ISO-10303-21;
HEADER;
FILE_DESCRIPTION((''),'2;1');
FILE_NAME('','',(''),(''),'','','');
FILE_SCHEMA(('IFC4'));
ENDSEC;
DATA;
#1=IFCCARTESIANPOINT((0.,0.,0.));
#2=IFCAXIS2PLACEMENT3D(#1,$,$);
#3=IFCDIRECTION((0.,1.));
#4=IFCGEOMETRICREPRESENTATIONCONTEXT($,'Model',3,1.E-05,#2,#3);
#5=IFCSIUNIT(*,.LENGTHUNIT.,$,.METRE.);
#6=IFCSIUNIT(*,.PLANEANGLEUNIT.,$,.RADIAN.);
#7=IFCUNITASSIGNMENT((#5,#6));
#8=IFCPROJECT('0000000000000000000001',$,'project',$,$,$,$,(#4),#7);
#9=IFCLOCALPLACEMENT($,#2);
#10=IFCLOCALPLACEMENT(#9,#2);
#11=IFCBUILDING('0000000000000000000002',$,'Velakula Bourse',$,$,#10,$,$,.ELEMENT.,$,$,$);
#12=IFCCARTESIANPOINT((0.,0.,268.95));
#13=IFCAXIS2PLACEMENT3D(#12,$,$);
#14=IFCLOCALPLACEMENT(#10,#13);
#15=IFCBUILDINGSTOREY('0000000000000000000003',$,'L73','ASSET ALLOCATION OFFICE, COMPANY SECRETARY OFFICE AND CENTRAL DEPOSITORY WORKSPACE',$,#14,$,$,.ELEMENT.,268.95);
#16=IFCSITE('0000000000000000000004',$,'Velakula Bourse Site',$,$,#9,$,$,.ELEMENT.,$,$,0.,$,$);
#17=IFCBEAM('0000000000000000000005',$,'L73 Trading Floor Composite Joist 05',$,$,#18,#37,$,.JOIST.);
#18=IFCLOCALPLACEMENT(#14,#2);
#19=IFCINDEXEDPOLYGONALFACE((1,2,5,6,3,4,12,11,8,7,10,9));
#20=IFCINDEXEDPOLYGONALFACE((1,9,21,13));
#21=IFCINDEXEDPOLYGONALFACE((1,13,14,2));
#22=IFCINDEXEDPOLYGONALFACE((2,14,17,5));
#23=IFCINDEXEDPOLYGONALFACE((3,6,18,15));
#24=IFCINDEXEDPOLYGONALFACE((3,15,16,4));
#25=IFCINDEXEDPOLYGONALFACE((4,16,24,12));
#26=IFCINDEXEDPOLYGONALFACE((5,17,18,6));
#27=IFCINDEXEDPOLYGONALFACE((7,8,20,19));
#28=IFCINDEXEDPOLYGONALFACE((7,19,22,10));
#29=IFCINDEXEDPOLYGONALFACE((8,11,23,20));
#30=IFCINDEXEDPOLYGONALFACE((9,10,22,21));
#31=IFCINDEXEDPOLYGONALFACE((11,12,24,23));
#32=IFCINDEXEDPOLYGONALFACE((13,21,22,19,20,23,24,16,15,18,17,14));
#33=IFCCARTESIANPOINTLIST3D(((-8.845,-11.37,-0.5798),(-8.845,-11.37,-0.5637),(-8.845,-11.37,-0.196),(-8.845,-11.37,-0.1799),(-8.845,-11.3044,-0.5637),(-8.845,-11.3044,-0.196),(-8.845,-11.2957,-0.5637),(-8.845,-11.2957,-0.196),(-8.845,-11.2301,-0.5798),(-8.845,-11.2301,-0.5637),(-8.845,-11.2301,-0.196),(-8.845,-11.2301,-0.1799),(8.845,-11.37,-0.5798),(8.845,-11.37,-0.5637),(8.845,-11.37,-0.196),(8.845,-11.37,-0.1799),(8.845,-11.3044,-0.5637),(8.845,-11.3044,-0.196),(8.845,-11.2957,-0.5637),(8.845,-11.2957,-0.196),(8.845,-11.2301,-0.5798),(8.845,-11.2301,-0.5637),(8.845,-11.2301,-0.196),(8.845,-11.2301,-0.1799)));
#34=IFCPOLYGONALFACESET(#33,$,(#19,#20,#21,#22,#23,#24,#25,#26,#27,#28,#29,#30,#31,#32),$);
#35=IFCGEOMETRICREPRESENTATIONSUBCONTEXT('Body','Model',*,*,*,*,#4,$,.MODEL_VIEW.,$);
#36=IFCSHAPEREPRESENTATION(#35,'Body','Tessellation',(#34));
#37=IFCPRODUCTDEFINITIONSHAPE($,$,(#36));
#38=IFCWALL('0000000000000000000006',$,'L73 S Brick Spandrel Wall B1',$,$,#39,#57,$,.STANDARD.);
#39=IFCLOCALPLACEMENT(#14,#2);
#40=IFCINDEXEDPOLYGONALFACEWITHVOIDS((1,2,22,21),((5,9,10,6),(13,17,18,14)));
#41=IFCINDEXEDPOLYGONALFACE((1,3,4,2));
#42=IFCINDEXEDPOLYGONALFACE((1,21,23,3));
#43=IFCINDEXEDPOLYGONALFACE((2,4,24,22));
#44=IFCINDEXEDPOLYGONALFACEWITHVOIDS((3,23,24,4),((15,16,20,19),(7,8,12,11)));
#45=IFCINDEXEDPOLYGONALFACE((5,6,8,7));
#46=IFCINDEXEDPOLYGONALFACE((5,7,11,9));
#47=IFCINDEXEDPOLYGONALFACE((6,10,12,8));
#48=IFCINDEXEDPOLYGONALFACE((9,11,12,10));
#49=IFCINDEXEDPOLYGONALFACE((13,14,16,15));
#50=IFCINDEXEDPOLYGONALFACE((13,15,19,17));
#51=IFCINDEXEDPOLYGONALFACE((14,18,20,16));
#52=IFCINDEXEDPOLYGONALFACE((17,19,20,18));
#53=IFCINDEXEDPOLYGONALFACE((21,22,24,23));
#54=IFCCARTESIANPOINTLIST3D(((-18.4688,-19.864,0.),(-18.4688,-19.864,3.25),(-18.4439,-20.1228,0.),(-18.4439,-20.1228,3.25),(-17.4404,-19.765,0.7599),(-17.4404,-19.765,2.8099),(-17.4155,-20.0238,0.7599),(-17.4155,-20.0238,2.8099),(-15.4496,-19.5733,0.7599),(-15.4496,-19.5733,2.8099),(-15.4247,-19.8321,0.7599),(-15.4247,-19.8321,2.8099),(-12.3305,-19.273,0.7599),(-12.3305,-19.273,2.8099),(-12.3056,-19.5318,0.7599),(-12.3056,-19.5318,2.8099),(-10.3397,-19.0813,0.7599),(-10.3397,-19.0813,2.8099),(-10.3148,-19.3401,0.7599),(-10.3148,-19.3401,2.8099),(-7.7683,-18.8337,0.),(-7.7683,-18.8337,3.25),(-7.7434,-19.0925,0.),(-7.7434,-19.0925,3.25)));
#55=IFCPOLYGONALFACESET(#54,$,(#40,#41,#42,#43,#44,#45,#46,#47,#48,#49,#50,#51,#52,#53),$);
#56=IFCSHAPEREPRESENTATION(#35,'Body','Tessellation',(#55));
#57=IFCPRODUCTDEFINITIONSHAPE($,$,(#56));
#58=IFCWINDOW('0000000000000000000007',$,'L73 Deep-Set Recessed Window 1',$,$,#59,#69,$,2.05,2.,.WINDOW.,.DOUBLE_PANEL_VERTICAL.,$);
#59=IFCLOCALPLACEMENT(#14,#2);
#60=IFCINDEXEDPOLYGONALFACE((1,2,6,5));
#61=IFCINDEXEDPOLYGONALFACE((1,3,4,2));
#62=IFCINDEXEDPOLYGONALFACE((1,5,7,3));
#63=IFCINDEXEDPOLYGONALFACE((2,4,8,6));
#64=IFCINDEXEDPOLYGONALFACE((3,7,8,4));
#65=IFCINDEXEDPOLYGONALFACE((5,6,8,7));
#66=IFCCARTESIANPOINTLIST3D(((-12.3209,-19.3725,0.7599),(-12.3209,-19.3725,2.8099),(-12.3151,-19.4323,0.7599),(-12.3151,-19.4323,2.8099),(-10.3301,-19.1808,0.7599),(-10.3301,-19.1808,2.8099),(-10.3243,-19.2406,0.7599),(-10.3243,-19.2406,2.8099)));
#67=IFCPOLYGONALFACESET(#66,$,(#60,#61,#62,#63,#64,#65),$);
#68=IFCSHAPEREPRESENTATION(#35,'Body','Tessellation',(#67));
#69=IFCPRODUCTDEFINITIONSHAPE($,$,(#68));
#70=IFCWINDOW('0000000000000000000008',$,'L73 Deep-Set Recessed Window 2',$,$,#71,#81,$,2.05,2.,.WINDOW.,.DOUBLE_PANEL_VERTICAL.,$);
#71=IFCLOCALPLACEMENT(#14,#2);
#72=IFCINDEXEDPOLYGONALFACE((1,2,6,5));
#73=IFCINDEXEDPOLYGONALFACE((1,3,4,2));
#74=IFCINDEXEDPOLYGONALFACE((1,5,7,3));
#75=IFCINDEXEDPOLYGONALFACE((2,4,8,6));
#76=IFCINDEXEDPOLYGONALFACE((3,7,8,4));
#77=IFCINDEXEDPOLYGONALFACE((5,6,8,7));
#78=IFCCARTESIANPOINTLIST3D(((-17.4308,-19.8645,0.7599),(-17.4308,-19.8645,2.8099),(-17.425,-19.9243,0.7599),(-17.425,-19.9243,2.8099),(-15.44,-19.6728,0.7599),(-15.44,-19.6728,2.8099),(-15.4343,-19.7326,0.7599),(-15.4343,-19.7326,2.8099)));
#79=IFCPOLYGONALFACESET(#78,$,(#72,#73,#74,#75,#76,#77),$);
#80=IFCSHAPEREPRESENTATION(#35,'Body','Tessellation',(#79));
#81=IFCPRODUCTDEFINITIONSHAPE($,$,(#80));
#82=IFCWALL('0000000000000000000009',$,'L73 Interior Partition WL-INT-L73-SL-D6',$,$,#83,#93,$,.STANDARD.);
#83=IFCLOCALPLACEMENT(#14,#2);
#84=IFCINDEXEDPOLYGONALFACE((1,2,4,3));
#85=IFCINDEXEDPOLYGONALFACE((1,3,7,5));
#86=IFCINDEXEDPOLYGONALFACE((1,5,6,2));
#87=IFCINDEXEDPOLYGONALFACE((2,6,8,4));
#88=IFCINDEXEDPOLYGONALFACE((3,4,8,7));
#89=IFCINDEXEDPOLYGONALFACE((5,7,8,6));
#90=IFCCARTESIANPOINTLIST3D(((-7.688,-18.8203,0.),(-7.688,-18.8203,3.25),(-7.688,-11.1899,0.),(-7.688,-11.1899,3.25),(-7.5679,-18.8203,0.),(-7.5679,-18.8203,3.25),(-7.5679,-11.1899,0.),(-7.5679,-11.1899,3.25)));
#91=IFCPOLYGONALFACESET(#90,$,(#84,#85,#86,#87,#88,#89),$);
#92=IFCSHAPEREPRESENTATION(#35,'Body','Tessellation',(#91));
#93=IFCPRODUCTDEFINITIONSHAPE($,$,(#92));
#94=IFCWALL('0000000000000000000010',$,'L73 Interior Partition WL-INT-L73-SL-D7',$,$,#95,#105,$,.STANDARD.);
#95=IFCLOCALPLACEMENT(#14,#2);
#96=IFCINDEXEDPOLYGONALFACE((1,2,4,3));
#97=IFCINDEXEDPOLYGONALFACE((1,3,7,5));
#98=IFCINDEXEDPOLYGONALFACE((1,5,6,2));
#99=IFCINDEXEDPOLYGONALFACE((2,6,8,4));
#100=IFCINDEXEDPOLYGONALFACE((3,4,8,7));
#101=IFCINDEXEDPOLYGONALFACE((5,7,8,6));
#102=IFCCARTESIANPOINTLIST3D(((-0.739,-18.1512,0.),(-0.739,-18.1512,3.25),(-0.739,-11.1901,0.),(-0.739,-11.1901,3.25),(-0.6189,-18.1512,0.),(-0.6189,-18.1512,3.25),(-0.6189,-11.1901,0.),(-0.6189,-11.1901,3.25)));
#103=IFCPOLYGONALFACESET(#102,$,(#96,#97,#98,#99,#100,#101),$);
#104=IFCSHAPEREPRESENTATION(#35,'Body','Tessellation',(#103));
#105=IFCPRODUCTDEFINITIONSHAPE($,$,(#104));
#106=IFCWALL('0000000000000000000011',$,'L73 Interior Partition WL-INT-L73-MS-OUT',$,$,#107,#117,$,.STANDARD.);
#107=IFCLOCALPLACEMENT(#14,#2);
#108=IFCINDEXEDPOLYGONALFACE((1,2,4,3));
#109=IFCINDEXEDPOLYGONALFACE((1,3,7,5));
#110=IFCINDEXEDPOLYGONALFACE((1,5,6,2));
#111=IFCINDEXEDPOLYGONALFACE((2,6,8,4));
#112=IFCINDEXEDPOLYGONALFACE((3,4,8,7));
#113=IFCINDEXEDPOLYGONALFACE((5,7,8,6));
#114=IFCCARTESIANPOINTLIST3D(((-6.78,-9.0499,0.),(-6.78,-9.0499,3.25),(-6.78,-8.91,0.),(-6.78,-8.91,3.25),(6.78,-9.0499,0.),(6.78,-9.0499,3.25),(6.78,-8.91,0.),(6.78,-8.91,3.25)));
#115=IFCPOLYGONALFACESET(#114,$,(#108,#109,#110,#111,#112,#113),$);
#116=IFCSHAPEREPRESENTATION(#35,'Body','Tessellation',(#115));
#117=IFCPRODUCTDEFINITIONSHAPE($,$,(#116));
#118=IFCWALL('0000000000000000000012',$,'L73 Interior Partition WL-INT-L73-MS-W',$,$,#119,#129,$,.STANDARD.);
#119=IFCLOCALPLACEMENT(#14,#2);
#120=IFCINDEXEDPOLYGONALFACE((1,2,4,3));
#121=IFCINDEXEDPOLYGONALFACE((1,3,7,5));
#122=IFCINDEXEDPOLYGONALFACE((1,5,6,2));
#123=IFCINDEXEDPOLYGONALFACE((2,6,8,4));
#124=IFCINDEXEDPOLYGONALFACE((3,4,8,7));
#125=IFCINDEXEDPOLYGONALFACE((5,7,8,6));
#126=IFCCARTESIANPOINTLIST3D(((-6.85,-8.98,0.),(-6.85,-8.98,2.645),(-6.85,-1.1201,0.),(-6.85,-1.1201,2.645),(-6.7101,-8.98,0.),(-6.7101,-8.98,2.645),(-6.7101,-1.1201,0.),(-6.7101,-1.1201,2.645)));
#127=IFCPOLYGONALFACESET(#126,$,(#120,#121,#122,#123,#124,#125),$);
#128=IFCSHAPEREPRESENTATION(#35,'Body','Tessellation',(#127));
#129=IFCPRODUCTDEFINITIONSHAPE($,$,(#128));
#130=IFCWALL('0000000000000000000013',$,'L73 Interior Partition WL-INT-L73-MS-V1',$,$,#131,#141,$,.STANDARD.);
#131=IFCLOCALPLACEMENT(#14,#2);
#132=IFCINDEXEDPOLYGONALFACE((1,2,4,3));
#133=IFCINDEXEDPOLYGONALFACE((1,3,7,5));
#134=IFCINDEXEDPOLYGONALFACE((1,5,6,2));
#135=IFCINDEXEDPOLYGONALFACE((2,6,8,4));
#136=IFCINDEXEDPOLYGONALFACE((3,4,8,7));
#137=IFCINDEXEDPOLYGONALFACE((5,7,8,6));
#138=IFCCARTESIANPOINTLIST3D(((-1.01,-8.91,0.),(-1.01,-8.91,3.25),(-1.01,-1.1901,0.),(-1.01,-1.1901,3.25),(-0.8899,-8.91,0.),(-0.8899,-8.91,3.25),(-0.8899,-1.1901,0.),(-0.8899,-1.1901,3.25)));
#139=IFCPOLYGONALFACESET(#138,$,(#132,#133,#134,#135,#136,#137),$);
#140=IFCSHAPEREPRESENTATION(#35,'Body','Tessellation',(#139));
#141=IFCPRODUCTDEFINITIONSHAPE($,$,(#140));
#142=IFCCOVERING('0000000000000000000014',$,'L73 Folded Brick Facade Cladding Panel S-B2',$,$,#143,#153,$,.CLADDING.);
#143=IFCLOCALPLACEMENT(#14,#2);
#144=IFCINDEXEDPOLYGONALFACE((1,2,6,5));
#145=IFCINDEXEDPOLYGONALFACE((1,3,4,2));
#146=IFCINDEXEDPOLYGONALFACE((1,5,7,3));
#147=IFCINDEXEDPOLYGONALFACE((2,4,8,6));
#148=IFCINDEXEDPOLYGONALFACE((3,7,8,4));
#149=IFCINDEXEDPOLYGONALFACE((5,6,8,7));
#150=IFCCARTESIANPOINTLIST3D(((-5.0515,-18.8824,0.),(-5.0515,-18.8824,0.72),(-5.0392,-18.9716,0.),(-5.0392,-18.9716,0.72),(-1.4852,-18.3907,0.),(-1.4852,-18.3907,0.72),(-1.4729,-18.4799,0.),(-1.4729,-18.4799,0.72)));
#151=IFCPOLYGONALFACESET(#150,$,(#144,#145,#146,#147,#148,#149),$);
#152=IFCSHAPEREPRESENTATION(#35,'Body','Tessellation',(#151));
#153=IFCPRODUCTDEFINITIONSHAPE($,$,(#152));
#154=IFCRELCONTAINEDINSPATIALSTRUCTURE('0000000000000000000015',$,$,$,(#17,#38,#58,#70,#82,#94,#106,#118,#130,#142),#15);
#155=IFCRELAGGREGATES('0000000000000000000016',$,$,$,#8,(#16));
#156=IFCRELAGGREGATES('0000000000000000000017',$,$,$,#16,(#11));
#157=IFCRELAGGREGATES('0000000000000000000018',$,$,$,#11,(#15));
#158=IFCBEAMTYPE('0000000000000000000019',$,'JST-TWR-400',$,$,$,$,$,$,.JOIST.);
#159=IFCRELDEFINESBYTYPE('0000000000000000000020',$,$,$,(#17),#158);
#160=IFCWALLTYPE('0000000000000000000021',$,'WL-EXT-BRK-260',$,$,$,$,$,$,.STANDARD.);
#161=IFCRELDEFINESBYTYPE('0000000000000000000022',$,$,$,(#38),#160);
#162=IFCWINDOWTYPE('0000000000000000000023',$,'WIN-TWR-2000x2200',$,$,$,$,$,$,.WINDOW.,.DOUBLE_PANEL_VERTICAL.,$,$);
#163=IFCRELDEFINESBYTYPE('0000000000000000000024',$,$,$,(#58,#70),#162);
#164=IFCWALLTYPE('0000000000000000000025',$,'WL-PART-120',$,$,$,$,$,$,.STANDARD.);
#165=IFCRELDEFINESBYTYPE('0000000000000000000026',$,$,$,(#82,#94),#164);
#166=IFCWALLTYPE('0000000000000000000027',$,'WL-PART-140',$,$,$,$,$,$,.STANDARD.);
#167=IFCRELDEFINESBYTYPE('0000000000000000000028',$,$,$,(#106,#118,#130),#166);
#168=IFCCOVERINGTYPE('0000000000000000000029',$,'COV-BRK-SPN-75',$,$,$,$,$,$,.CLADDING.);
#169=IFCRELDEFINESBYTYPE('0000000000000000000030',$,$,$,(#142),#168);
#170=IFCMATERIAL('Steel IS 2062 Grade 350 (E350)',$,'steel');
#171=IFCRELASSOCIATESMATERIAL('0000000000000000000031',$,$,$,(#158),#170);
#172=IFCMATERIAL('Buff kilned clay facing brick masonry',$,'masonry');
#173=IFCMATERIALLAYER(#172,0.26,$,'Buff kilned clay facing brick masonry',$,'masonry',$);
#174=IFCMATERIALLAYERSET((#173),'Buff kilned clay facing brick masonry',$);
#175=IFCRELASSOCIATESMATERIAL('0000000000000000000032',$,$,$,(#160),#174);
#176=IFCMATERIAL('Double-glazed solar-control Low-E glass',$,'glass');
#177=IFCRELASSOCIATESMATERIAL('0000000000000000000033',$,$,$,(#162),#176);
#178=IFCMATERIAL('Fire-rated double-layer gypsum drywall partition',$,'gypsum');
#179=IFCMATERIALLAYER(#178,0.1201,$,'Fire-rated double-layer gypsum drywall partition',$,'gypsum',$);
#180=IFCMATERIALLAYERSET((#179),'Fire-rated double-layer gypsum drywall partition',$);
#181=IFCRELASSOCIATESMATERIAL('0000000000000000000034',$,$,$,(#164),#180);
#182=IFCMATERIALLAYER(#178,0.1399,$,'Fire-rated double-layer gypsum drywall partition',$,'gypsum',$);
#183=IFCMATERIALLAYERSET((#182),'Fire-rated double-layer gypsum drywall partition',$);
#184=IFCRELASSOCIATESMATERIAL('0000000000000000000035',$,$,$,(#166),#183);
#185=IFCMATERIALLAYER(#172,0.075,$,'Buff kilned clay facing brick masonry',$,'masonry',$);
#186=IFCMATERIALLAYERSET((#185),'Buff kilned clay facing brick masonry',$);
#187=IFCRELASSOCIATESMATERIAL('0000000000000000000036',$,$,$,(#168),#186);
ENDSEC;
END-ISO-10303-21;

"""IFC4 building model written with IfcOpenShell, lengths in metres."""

from ifc_helpers import new_model, si_unit, direction, frame, frame_2d, origin, origin_2d, place, context, subcontext, project, spatial, rectangle, i_section, extrude, material, layer, layer_set, material_profile, profile_set, type_object, element, fill, save


model = new_model("IFC4")

# Units and contexts
model_context = context("Model", 3, precision=1e-05, world=origin(), true_north=direction((0.0, 1.0)))
body_context = subcontext(model_context, "Body", "Model", "MODEL_VIEW")
ifc_project = project(units=[si_unit("LENGTHUNIT", "METRE"), si_unit("PLANEANGLEUNIT", "RADIAN")], contexts=[model_context])

# Site, building, storey
site_placement = place(None, origin())
site = spatial("IfcSite", under=ifc_project, at=site_placement, Name="Velakula Bourse Site", CompositionType="ELEMENT", RefElevation=0.0)
building_placement = place(site_placement, origin())
building = spatial("IfcBuilding", under=site, at=building_placement, Name="Velakula Bourse", CompositionType="ELEMENT")
storey_placement = place(building_placement, frame((0.0, 0.0, 268.95)))
storey = spatial("IfcBuildingStorey", under=building, at=storey_placement, Name="L73", Description="ASSET ALLOCATION OFFICE, COMPANY SECRETARY OFFICE AND CENTRAL DEPOSITORY WORKSPACE", CompositionType="ELEMENT", Elevation=268.95)

# Shared definitions
ifc_material_1 = material(Name="Steel IS 2062 Grade 350 (E350)", Category="steel")

# Beam
ifc_material_profile_1 = material_profile(ifc_material_1, i_section(OverallWidth=0.1399, OverallDepth=0.3999, WebThickness=0.0088, FlangeThickness=0.0161, at=origin_2d()), Name="Steel IS 2062 Grade 350 (E350)")
ifc_profile_set_1 = profile_set([ifc_material_profile_1], Name="Steel IS 2062 Grade 350 (E350)")
beam_type_1 = type_object("IfcBeamType", Name="JST-TWR-400", PredefinedType="JOIST", material=ifc_profile_set_1)
beam_1_placement = place(storey_placement, frame((-8.845, -11.3, -0.3799), z_axis=(1.0, 0.0, 0.0), x_axis=(0.0, 1.0, 0.0)))
element("IfcBeam", 1, at=beam_1_placement, inside=storey, type_object=beam_type_1, Name="L73 Trading Floor Composite Joist 05", PredefinedType="JOIST", context=body_context, shape_type="SweptSolid", body=[
    extrude(i_section(OverallWidth=0.1399, OverallDepth=0.3999, WebThickness=0.0088, FlangeThickness=0.0161, at=origin_2d()), origin(), (0.0, 0.0, 1.0), 17.6899),
])

# Wall, openings, windows
ifc_material_2 = material(Name="Buff kilned clay facing brick masonry", Category="masonry")
ifc_layer_1 = layer(ifc_material_2, 0.26, Name="Buff kilned clay facing brick masonry", Category="masonry")
ifc_layer_set_1 = layer_set([ifc_layer_1], Name="Buff kilned clay facing brick masonry")
wall_type_1 = type_object("IfcWallType", Name="WL-EXT-BRK-260", PredefinedType="STANDARD", material=ifc_layer_set_1)
wall_1_placement = place(storey_placement, frame((-7.7559, -18.9631, 0.0), z_axis=(0.0, 0.0, 1.0), x_axis=(-0.995397, -0.09584, 0.0)))
wall_1 = element("IfcWall", 2, at=wall_1_placement, inside=storey, type_object=wall_type_1, Name="L73 S Brick Spandrel Wall B1", PredefinedType="STANDARD", context=body_context, shape_type="SweptSolid", body=[
    extrude(rectangle(XDim=10.75, YDim=0.26, at=frame_2d((5.375, 0.0))), origin(), (0.0, 0.0, 1.0), 3.25),
])
opening_1_placement = place(wall_1_placement, frame((2.5833, 0.0, 0.76)))
opening_1 = element("IfcOpeningElement", 3, at=opening_1_placement, cuts=wall_1, PredefinedType="OPENING", context=body_context, shape_type="SweptSolid", body=[
    extrude(rectangle(XDim=2.0, YDim=2.05, at=frame_2d((1.0, 1.0249))), frame((0.0, 0.1399, 0.0), z_axis=(0.0, -1.0, 0.0), x_axis=(1.0, 0.0, 0.0)), (0.0, 0.0, 1.0), 0.28),
])
opening_2_placement = place(wall_1_placement, frame((7.7168, 0.0, 0.76)))
opening_2 = element("IfcOpeningElement", 4, at=opening_2_placement, cuts=wall_1, PredefinedType="OPENING", context=body_context, shape_type="SweptSolid", body=[
    extrude(rectangle(XDim=2.0, YDim=2.05, at=frame_2d((1.0, 1.0249))), frame((0.0, 0.1399, 0.0), z_axis=(0.0, -1.0, 0.0), x_axis=(1.0, 0.0, 0.0)), (0.0, 0.0, 1.0), 0.28),
])
ifc_material_3 = material(Name="Double-glazed solar-control Low-E glass", Category="glass")
window_type = type_object("IfcWindowType", Name="WIN-TWR-2000x2200", PartitioningType="DOUBLE_PANEL_VERTICAL", PredefinedType="WINDOW", material=ifc_material_3)
window_1_placement = place(opening_1_placement, origin())
window_1 = element("IfcWindow", 5, at=window_1_placement, inside=storey, type_object=window_type, Name="L73 Deep-Set Recessed Window 1", OverallHeight=2.05, OverallWidth=2.0, PartitioningType="DOUBLE_PANEL_VERTICAL", PredefinedType="WINDOW", context=body_context, shape_type="SweptSolid", body=[
    extrude(rectangle(XDim=2.0, YDim=2.05, at=frame_2d((1.0, 1.0249))), frame((0.0, 0.03, 0.0), z_axis=(0.0, -1.0, 0.0), x_axis=(1.0, 0.0, 0.0)), (0.0, 0.0, 1.0), 0.0601),
])
fill(opening_1, window_1)
window_2_placement = place(opening_2_placement, origin())
window_2 = element("IfcWindow", 6, at=window_2_placement, inside=storey, type_object=window_type, Name="L73 Deep-Set Recessed Window 2", OverallHeight=2.05, OverallWidth=2.0, PartitioningType="DOUBLE_PANEL_VERTICAL", PredefinedType="WINDOW", context=body_context, shape_type="SweptSolid", body=[
    extrude(rectangle(XDim=2.0, YDim=2.05, at=frame_2d((1.0, 1.0249))), frame((0.0, 0.03, 0.0), z_axis=(0.0, -1.0, 0.0), x_axis=(1.0, 0.0, 0.0)), (0.0, 0.0, 1.0), 0.0601),
])
fill(opening_2, window_2)

# Walls
ifc_material_4 = material(Name="Fire-rated double-layer gypsum drywall partition", Category="gypsum")
ifc_layer_2 = layer(ifc_material_4, 0.1201, Name="Fire-rated double-layer gypsum drywall partition", Category="gypsum")
ifc_layer_set_2 = layer_set([ifc_layer_2], Name="Fire-rated double-layer gypsum drywall partition")
wall_type_2 = type_object("IfcWallType", Name="WL-PART-120", PredefinedType="STANDARD", material=ifc_layer_set_2)
wall_2_placement = place(storey_placement, frame((-7.6279, -18.8203, 0.0), z_axis=(0.0, 0.0, 1.0), x_axis=(0.0, 1.0, 0.0)))
element("IfcWall", 7, at=wall_2_placement, inside=storey, type_object=wall_type_2, Name="L73 Interior Partition WL-INT-L73-SL-D6", PredefinedType="STANDARD", context=body_context, shape_type="SweptSolid", body=[
    extrude(rectangle(XDim=7.6304, YDim=0.1201, at=frame_2d((3.8152, 0.0))), origin(), (0.0, 0.0, 1.0), 3.25),
])
wall_3_placement = place(storey_placement, frame((-0.679, -18.1511, 0.0), z_axis=(0.0, 0.0, 1.0), x_axis=(0.0, 1.0, 0.0)))
element("IfcWall", 8, at=wall_3_placement, inside=storey, type_object=wall_type_2, Name="L73 Interior Partition WL-INT-L73-SL-D7", PredefinedType="STANDARD", context=body_context, shape_type="SweptSolid", body=[
    extrude(rectangle(XDim=6.9612, YDim=0.1201, at=frame_2d((3.4805, 0.0))), origin(), (0.0, 0.0, 1.0), 3.25),
])
ifc_layer_3 = layer(ifc_material_4, 0.1399, Name="Fire-rated double-layer gypsum drywall partition", Category="gypsum")
ifc_layer_set_3 = layer_set([ifc_layer_3], Name="Fire-rated double-layer gypsum drywall partition")
wall_type_3 = type_object("IfcWallType", Name="WL-PART-140", PredefinedType="STANDARD", material=ifc_layer_set_3)
wall_4_placement = place(storey_placement, frame((-6.78, -8.98, 0.0), z_axis=(0.0, 0.0, 1.0), x_axis=(1.0, 0.0, 0.0)))
element("IfcWall", 9, at=wall_4_placement, inside=storey, type_object=wall_type_3, Name="L73 Interior Partition WL-INT-L73-MS-OUT", PredefinedType="STANDARD", context=body_context, shape_type="SweptSolid", body=[
    extrude(rectangle(XDim=13.5601, YDim=0.1399, at=frame_2d((6.78, 0.0))), origin(), (0.0, 0.0, 1.0), 3.25),
])
wall_5_placement = place(storey_placement, frame((-6.78, -8.98, 0.0), z_axis=(0.0, 0.0, 1.0), x_axis=(0.0, 1.0, 0.0)))
element("IfcWall", 10, at=wall_5_placement, inside=storey, type_object=wall_type_3, Name="L73 Interior Partition WL-INT-L73-MS-W", PredefinedType="STANDARD", context=body_context, shape_type="SweptSolid", body=[
    extrude(rectangle(XDim=7.8599, YDim=0.1399, at=frame_2d((3.9299, 0.0))), origin(), (0.0, 0.0, 1.0), 2.645),
])
wall_6_placement = place(storey_placement, frame((-0.95, -8.9099, 0.0), z_axis=(0.0, 0.0, 1.0), x_axis=(0.0, 1.0, 0.0)))
element("IfcWall", 11, at=wall_6_placement, inside=storey, type_object=wall_type_3, Name="L73 Interior Partition WL-INT-L73-MS-V1", PredefinedType="STANDARD", context=body_context, shape_type="SweptSolid", body=[
    extrude(rectangle(XDim=7.72, YDim=0.1201, at=frame_2d((3.8599, 0.0))), origin(), (0.0, 0.0, 1.0), 3.25),
])

# Covering
ifc_layer_4 = layer(ifc_material_2, 0.075, Name="Buff kilned clay facing brick masonry", Category="masonry")
ifc_layer_set_4 = layer_set([ifc_layer_4], Name="Buff kilned clay facing brick masonry")
covering_type = type_object("IfcCoveringType", Name="COV-BRK-SPN-75", PredefinedType="CLADDING", material=ifc_layer_set_4)
covering_placement = place(storey_placement, frame((-3.2622, -18.6812, 0.0), z_axis=(0.0, 0.0, 1.0), x_axis=(0.990629, 0.13658, 0.0)))
element("IfcCovering", 12, at=covering_placement, inside=storey, type_object=covering_type, Name="L73 Folded Brick Facade Cladding Panel S-B2", PredefinedType="CLADDING", context=body_context, shape_type="SweptSolid", body=[
    extrude(rectangle(XDim=3.6001, YDim=0.0901, at=origin_2d()), origin(), (0.0, 0.0, 1.0), 0.72),
])

save(model, "model.ifc")
